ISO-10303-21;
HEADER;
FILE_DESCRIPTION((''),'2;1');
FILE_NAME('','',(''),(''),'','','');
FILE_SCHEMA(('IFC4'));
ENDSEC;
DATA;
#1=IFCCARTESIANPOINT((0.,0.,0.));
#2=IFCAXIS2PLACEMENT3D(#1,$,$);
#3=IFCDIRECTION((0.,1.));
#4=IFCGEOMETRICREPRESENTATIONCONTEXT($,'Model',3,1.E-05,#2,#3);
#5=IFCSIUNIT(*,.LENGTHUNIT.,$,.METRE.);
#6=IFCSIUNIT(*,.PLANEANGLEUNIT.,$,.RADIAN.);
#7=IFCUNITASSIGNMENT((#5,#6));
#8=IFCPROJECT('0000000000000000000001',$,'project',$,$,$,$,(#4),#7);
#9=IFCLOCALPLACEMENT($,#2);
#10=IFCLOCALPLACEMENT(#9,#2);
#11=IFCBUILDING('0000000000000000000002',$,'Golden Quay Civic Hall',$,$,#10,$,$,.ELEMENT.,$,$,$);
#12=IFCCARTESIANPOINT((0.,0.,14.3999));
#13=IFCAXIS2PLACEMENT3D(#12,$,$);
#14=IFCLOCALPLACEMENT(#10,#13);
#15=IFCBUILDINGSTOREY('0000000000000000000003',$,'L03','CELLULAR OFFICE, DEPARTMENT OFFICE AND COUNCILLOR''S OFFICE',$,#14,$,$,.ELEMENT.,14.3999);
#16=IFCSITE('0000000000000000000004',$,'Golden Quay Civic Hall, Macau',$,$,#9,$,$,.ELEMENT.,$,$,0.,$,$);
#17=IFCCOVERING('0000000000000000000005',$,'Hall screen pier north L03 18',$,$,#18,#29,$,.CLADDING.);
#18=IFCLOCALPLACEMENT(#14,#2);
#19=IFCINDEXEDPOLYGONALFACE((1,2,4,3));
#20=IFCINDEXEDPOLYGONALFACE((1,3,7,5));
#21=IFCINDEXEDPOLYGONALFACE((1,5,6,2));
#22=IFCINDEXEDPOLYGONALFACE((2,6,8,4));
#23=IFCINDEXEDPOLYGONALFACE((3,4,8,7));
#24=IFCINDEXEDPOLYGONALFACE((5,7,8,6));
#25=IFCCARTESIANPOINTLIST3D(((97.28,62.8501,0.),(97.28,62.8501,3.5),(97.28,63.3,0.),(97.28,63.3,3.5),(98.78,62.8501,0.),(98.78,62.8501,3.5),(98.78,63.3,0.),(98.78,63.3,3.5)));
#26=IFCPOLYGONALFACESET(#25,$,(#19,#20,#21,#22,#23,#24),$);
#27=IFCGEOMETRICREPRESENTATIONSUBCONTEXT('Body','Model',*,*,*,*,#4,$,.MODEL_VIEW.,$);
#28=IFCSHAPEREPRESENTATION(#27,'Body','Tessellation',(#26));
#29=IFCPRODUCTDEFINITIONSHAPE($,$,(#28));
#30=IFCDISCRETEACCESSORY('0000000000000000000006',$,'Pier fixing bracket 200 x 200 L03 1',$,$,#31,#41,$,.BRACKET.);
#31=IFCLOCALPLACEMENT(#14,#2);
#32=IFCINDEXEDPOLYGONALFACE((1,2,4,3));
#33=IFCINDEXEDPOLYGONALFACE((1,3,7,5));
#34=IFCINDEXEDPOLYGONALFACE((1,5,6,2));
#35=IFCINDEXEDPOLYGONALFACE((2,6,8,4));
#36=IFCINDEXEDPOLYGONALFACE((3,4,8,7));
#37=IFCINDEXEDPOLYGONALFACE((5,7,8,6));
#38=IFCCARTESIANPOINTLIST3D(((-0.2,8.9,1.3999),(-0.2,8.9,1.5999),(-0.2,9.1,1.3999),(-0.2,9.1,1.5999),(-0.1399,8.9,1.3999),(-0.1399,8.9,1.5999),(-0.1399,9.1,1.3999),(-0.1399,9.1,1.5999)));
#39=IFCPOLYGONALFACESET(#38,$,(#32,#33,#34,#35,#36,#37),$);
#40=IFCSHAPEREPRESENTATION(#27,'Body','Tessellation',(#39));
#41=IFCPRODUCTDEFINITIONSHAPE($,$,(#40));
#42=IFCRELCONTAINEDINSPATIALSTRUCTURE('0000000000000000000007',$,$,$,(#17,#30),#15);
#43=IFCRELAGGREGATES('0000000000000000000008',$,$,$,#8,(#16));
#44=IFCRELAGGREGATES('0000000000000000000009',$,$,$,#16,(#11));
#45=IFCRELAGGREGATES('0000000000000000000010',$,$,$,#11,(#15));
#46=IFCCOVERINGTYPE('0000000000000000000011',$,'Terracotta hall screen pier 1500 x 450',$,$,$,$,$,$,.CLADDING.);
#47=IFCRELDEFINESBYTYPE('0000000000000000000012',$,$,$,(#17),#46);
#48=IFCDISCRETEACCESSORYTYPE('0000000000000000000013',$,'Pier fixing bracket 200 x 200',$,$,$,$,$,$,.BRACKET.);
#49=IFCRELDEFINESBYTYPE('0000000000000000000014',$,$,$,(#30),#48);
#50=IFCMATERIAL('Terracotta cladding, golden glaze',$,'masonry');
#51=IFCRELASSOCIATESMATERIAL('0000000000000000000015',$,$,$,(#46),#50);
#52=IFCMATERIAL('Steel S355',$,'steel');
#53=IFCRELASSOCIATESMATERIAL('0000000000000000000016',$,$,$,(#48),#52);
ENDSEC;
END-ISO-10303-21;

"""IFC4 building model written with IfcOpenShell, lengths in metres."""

from ifc_helpers import new_model, si_unit, direction, frame, origin, origin_2d, place, context, subcontext, project, spatial, polyline, rectangle, outline, extrude, material, type_object, element, save


model = new_model("IFC4")

# Units and contexts
model_context = context("Model", 3, precision=1e-05, world=origin(), true_north=direction((0.0, 1.0)))
body_context = subcontext(model_context, "Body", "Model", "MODEL_VIEW")
ifc_project = project(units=[si_unit("LENGTHUNIT", "METRE"), si_unit("PLANEANGLEUNIT", "RADIAN")], contexts=[model_context])

# Site, building, storey
site_placement = place(None, origin())
site = spatial("IfcSite", under=ifc_project, at=site_placement, Name="Golden Quay Civic Hall, Macau", CompositionType="ELEMENT", RefElevation=0.0)
building_placement = place(site_placement, origin())
building = spatial("IfcBuilding", under=site, at=building_placement, Name="Golden Quay Civic Hall", CompositionType="ELEMENT")
storey_placement = place(building_placement, frame((0.0, 0.0, 14.3999)))
storey = spatial("IfcBuildingStorey", under=building, at=storey_placement, Name="L03", Description="CELLULAR OFFICE, DEPARTMENT OFFICE AND COUNCILLOR'S OFFICE", CompositionType="ELEMENT", Elevation=14.3999)

# Covering
ifc_material_1 = material(Name="Terracotta cladding, golden glaze", Category="masonry")
covering_type_1 = type_object("IfcCoveringType", Name="Terracotta hall screen pier 1500 x 450", PredefinedType="CLADDING", material=ifc_material_1)
covering_1_placement = place(storey_placement, origin())
element("IfcCovering", 1, at=covering_1_placement, inside=storey, type_object=covering_type_1, Name="Hall screen pier north L03 18", PredefinedType="CLADDING", context=body_context, shape_type="SweptSolid", body=[
    extrude(outline(polyline([(97.28, 63.3), (98.78, 63.3), (98.78, 62.8501), (97.28, 62.8501), (97.28, 63.3)])), origin(), (0.0, 0.0, 1.0), 3.5),
])

# Discrete accessory
ifc_material_2 = material(Name="Steel S355", Category="steel")
discrete_accessory_type = type_object("IfcDiscreteAccessoryType", Name="Pier fixing bracket 200 x 200", PredefinedType="BRACKET", material=ifc_material_2)
discrete_accessory_placement = place(storey_placement, frame((-0.1699, 9.0, 1.3999), z_axis=(0.0, 0.0, 1.0), x_axis=(0.0, -1.0, 0.0)))
element("IfcDiscreteAccessory", 2, at=discrete_accessory_placement, inside=storey, type_object=discrete_accessory_type, Name="Pier fixing bracket 200 x 200 L03 1", PredefinedType="BRACKET", context=body_context, shape_type="SweptSolid", body=[
    extrude(rectangle(XDim=0.2, YDim=0.0601, at=origin_2d()), origin(), (0.0, 0.0, 1.0), 0.2),
])

save(model, "model.ifc")
